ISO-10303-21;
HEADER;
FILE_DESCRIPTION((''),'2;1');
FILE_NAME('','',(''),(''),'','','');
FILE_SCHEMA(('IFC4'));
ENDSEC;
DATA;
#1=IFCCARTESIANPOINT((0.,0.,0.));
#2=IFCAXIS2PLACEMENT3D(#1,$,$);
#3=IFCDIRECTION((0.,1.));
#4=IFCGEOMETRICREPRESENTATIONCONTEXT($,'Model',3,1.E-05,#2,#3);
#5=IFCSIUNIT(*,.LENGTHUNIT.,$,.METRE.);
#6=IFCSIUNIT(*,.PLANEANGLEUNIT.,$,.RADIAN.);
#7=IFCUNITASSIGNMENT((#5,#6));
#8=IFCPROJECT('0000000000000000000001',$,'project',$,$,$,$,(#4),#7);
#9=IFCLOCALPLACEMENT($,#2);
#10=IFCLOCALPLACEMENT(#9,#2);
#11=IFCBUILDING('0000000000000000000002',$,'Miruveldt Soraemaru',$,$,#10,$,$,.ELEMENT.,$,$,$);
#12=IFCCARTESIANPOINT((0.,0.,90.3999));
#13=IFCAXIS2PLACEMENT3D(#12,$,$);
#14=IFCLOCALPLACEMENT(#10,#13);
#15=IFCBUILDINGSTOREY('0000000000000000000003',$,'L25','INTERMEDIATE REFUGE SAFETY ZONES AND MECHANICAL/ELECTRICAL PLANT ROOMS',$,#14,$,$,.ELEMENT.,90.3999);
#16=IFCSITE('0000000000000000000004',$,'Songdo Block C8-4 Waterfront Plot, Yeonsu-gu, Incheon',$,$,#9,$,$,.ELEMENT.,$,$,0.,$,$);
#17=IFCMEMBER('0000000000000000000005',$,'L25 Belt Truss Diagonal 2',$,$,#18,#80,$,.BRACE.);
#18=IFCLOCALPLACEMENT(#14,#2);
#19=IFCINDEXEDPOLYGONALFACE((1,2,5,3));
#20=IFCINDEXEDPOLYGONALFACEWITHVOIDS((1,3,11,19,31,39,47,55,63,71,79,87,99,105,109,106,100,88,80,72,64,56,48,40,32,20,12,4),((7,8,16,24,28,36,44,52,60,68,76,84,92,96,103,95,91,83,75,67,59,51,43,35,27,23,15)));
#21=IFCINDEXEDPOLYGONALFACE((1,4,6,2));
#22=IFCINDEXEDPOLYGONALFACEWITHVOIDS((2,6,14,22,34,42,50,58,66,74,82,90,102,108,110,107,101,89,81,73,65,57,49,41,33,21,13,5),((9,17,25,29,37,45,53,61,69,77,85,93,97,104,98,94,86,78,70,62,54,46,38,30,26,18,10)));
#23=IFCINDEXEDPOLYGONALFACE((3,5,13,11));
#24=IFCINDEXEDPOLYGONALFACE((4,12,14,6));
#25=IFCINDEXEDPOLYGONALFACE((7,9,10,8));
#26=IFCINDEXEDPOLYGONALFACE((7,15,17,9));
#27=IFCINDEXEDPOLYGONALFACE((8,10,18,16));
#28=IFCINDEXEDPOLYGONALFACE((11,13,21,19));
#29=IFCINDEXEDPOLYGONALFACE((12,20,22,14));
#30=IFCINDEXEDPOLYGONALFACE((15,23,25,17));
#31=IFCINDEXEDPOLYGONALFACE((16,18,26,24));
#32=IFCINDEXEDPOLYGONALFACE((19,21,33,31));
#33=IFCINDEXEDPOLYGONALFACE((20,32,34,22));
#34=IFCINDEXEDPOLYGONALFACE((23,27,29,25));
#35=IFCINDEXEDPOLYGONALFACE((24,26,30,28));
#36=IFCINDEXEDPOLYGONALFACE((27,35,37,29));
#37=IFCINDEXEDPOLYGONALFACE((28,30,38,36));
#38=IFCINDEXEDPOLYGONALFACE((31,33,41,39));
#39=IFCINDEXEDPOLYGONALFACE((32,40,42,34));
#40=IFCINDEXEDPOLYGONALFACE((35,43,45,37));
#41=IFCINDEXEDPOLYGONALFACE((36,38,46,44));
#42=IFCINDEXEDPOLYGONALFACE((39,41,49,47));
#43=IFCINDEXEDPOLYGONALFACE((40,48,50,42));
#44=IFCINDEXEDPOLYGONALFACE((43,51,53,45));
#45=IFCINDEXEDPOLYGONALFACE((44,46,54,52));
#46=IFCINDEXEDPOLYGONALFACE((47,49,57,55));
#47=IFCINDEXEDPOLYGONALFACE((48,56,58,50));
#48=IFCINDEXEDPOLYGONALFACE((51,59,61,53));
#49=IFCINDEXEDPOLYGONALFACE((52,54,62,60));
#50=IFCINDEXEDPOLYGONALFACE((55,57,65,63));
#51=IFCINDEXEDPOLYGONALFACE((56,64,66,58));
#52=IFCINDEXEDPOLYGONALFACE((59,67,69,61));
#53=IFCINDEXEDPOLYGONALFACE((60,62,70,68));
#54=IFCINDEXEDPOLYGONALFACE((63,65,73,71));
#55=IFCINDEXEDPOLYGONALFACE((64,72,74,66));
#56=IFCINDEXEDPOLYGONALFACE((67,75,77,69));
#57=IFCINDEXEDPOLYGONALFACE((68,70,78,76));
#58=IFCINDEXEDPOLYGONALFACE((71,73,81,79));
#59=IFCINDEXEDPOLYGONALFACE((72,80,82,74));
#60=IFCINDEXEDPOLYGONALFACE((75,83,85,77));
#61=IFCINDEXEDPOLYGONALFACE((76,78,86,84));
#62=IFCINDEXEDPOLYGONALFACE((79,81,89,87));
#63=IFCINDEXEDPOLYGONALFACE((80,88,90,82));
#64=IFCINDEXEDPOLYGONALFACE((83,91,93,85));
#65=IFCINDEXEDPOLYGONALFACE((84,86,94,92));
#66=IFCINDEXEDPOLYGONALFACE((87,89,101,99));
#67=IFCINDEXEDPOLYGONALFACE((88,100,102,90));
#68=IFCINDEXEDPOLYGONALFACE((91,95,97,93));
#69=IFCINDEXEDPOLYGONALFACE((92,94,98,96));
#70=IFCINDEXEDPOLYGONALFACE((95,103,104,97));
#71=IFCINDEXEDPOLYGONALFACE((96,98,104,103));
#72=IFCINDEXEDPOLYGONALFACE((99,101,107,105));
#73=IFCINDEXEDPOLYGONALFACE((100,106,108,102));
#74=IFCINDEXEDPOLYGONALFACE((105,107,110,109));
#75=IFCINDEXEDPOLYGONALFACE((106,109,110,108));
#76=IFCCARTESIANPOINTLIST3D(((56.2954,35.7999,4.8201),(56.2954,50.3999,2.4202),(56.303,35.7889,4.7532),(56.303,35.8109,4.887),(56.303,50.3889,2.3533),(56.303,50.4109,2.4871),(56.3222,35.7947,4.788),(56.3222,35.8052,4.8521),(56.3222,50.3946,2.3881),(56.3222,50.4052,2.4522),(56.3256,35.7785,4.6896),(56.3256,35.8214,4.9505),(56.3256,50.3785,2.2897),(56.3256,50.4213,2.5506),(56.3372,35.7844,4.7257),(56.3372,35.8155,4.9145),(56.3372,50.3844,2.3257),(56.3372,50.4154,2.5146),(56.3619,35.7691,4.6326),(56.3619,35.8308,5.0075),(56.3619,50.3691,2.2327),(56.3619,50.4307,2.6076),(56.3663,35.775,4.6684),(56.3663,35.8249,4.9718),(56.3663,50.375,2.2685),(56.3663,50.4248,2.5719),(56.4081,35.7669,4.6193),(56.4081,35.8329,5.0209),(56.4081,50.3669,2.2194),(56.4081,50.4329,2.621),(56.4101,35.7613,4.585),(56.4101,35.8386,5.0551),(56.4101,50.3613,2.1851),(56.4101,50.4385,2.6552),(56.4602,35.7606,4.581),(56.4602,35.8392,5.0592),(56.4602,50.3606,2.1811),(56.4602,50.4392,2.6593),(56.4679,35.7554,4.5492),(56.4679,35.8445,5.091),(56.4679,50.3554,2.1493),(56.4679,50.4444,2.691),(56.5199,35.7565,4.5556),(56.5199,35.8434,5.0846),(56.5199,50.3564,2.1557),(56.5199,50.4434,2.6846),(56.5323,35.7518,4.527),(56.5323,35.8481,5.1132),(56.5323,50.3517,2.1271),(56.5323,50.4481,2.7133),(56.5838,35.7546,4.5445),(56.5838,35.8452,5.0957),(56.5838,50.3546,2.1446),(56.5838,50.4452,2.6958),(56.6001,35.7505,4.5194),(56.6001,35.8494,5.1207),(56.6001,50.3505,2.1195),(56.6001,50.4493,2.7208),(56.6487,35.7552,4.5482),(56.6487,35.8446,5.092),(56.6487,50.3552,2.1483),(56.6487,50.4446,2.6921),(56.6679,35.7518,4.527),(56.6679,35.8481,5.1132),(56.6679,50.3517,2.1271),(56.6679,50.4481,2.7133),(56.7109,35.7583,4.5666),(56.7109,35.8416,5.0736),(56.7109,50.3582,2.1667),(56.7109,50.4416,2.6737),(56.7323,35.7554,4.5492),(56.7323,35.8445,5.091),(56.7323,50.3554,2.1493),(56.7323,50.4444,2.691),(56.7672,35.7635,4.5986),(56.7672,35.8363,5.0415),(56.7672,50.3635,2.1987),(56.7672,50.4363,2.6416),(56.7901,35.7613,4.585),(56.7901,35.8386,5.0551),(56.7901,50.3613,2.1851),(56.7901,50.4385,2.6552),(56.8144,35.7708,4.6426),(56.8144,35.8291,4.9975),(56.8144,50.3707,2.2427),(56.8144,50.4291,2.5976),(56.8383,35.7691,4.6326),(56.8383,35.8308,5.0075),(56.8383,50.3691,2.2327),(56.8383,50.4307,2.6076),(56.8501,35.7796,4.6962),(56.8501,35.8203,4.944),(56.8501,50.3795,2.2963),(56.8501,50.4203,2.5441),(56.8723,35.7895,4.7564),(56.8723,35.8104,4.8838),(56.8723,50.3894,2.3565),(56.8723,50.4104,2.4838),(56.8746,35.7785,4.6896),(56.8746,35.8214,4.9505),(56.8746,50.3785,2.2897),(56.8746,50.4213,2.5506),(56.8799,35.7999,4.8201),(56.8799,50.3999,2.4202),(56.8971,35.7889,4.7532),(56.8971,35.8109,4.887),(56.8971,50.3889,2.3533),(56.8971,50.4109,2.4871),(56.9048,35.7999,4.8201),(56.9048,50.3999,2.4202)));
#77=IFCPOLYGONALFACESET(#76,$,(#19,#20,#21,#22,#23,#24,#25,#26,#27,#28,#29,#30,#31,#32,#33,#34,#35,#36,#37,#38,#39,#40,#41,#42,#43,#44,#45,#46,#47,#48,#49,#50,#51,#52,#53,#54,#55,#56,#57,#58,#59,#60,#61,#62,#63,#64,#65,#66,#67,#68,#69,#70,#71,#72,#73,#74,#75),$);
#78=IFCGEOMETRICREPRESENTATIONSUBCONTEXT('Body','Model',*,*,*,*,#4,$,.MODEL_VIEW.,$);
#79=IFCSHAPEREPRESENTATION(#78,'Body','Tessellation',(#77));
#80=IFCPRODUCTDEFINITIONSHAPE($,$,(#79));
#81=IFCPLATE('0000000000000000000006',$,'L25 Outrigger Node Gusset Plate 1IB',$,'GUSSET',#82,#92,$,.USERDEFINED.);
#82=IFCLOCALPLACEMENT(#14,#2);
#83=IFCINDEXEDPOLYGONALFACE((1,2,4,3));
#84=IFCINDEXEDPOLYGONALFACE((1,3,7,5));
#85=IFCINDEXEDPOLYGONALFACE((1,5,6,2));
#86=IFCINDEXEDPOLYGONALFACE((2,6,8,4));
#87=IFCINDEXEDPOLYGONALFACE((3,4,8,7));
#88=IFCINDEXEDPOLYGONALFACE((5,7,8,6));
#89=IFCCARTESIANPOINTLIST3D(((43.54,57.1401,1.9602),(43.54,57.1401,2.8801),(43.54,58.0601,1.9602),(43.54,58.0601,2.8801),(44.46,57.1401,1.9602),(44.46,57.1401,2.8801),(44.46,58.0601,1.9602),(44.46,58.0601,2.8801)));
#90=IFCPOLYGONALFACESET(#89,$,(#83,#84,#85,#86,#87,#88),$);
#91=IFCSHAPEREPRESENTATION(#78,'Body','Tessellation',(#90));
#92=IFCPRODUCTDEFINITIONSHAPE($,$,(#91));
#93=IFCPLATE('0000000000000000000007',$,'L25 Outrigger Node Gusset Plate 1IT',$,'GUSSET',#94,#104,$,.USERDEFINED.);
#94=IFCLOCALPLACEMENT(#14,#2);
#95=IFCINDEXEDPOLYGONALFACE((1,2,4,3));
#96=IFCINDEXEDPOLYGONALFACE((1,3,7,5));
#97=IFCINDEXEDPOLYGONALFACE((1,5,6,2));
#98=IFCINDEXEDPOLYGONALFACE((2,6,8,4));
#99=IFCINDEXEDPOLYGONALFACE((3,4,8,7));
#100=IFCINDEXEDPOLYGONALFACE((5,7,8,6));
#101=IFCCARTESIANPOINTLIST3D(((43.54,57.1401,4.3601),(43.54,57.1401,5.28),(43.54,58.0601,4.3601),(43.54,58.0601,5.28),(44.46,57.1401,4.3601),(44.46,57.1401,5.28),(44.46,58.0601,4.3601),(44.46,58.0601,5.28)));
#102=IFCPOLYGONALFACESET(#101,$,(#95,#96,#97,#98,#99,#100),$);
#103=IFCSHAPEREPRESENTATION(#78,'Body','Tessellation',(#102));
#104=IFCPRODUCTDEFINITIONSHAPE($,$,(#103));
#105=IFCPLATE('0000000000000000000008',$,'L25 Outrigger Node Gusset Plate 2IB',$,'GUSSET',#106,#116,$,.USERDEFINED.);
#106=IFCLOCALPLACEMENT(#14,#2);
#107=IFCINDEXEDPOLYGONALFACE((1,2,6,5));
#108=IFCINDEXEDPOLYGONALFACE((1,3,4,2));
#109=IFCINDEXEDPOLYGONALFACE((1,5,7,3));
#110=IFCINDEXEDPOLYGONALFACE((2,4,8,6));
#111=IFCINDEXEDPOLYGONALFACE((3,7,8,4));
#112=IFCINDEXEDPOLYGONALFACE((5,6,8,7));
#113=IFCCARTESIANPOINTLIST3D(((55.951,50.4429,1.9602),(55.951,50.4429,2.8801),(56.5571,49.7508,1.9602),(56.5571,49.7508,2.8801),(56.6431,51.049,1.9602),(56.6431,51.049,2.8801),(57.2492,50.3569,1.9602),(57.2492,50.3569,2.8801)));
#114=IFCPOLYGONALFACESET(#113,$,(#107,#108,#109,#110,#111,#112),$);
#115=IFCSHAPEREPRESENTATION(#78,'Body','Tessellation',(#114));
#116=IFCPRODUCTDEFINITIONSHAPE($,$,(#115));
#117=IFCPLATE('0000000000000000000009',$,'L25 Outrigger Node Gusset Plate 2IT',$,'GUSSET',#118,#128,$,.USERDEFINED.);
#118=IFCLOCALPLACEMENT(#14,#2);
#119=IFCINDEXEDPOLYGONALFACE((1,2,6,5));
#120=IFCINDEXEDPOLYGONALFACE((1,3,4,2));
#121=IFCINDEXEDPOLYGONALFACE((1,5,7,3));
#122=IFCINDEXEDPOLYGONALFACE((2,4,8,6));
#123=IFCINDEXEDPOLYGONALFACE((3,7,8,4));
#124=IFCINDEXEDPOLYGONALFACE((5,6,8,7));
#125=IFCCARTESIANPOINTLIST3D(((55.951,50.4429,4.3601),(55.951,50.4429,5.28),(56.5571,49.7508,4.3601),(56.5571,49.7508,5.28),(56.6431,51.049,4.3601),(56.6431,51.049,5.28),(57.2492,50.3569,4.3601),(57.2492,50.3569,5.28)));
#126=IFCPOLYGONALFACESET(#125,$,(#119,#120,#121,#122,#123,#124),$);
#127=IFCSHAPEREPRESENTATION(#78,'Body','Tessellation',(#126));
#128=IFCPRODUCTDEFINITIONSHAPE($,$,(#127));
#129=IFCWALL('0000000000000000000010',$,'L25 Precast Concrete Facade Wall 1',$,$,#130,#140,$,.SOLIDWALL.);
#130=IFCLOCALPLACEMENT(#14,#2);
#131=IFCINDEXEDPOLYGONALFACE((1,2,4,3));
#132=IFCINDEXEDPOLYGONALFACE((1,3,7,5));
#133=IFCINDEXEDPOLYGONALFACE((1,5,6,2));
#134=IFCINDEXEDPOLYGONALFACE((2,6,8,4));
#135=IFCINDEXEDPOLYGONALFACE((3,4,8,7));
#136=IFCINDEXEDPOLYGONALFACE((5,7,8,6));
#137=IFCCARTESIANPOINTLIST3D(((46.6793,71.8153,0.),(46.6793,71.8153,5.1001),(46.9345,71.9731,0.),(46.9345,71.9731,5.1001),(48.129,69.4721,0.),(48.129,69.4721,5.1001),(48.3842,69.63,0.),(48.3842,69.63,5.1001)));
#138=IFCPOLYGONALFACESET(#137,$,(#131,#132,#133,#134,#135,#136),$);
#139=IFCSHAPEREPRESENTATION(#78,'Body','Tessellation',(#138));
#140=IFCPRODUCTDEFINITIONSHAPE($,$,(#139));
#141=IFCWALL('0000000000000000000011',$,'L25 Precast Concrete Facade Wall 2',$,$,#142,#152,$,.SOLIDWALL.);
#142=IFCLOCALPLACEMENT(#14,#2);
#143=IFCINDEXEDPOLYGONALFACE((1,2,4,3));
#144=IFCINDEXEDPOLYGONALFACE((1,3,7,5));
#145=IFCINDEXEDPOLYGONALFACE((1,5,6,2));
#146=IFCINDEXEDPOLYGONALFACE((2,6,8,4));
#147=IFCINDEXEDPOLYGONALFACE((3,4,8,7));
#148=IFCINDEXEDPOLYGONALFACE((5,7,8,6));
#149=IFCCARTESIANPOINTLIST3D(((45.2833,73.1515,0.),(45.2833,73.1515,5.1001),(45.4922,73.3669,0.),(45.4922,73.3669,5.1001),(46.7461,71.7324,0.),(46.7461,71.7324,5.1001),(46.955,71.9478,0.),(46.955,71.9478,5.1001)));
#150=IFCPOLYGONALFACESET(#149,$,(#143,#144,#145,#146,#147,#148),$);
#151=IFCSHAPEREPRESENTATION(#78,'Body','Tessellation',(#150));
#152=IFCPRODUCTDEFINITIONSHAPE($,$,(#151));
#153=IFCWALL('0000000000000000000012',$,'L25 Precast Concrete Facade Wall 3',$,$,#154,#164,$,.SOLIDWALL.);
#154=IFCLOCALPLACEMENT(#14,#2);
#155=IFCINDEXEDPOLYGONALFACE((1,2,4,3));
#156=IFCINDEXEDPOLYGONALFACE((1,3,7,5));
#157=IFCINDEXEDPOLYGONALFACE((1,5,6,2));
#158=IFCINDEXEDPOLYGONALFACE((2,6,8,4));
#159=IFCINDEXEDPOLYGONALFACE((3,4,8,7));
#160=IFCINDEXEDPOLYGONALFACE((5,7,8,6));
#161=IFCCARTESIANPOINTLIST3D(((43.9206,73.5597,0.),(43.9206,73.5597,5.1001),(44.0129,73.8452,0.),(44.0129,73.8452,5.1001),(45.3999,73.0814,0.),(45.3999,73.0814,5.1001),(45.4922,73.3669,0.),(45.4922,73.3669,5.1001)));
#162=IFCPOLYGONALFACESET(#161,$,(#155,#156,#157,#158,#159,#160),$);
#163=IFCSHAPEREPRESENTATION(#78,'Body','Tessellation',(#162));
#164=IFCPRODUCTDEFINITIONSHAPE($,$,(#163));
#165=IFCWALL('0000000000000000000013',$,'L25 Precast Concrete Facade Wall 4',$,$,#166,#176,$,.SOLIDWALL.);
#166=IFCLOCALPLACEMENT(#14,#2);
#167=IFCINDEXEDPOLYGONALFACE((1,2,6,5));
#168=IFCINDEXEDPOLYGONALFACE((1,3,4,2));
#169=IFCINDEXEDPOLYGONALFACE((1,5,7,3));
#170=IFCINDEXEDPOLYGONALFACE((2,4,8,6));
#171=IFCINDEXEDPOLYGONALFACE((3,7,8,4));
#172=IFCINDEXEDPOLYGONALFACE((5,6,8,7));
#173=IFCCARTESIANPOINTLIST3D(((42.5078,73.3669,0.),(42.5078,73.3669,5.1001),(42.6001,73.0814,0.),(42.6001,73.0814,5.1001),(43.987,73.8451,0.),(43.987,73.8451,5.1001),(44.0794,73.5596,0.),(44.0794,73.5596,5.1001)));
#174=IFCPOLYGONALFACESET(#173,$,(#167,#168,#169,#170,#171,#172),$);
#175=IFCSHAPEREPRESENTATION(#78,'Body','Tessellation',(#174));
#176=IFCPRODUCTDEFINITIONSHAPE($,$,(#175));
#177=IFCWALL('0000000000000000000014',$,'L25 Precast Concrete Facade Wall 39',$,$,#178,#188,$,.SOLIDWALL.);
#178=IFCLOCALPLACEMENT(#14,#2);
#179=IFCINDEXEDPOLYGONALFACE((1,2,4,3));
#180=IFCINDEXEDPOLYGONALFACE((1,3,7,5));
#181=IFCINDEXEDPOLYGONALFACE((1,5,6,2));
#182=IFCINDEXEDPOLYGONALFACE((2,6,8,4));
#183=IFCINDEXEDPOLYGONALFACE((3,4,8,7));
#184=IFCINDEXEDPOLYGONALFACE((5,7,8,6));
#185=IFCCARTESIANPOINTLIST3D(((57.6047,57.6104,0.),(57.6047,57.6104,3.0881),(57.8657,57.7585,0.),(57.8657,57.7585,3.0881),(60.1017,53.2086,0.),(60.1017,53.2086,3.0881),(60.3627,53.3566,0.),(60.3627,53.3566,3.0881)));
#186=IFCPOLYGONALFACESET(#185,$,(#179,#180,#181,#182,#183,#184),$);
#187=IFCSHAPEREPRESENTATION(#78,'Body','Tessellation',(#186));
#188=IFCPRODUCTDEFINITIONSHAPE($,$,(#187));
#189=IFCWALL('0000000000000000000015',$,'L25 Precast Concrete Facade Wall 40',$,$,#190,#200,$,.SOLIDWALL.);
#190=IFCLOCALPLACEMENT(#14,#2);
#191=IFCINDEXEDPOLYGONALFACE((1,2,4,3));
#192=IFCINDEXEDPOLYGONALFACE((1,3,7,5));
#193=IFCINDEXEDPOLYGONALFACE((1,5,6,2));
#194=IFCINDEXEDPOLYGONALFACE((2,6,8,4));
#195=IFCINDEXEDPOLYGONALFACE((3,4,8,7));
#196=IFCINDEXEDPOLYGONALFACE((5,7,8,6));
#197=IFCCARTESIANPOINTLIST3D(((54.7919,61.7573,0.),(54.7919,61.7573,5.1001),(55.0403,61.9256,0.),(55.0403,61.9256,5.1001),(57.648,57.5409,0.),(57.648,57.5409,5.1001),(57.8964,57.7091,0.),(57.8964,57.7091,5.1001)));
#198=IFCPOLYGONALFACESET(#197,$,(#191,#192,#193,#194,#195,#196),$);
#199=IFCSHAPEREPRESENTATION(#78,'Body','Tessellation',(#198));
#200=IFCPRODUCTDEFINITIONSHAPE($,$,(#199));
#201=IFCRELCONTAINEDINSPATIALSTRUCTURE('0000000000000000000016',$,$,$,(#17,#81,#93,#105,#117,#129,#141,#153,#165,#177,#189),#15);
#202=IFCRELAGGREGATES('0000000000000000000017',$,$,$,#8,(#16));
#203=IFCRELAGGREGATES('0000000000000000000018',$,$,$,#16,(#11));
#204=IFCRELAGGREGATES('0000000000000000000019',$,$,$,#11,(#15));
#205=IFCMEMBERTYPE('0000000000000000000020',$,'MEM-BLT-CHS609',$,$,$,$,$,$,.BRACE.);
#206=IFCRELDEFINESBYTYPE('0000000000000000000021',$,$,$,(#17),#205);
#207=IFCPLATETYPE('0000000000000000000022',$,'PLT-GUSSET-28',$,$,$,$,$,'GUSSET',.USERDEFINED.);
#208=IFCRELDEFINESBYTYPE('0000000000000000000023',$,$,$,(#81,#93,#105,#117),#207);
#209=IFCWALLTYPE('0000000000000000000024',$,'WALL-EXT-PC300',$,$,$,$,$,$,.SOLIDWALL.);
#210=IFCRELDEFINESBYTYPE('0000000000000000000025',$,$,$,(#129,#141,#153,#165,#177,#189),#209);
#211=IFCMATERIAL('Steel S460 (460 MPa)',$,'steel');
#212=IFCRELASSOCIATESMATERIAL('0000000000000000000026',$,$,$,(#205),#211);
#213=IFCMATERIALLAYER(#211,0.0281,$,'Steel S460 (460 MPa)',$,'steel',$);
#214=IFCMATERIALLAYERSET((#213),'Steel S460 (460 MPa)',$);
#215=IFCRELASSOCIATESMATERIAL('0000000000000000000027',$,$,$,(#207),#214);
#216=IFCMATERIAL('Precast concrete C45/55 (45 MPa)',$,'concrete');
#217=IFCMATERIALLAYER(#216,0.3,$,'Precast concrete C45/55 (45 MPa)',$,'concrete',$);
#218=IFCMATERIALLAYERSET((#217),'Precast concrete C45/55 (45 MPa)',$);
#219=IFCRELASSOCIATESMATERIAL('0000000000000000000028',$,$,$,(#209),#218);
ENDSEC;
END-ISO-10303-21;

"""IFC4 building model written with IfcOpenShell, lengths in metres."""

from ifc_helpers import new_model, si_unit, direction, frame, frame_2d, origin, origin_2d, place, context, subcontext, project, spatial, rectangle, hollow_circle, extrude, material, layer, layer_set, material_profile, profile_set, type_object, element, save


model = new_model("IFC4")

# Units and contexts
model_context = context("Model", 3, precision=1e-05, world=origin(), true_north=direction((0.0, 1.0)))
body_context = subcontext(model_context, "Body", "Model", "MODEL_VIEW")
ifc_project = project(units=[si_unit("LENGTHUNIT", "METRE"), si_unit("PLANEANGLEUNIT", "RADIAN")], contexts=[model_context])

# Site, building, storey
site_placement = place(None, origin())
site = spatial("IfcSite", under=ifc_project, at=site_placement, Name="Songdo Block C8-4 Waterfront Plot, Yeonsu-gu, Incheon", CompositionType="ELEMENT", RefElevation=0.0)
building_placement = place(site_placement, origin())
building = spatial("IfcBuilding", under=site, at=building_placement, Name="Miruveldt Soraemaru", CompositionType="ELEMENT")
storey_placement = place(building_placement, frame((0.0, 0.0, 90.3999)))
storey = spatial("IfcBuildingStorey", under=building, at=storey_placement, Name="L25", Description="INTERMEDIATE REFUGE SAFETY ZONES AND MECHANICAL/ELECTRICAL PLANT ROOMS", CompositionType="ELEMENT", Elevation=90.3999)

# Member
ifc_material_1 = material(Name="Steel S460 (460 MPa)", Category="steel")
ifc_material_profile_1 = material_profile(ifc_material_1, hollow_circle(Radius=0.3047, WallThickness=0.0249, at=origin_2d()), Name="Steel S460 (460 MPa)", Category="steel")
ifc_profile_set_1 = profile_set([ifc_material_profile_1], Name="Steel S460 (460 MPa)")
member_type = type_object("IfcMemberType", Name="MEM-BLT-CHS609", PredefinedType="BRACE", material=ifc_profile_set_1)
member_1_placement = place(storey_placement, frame((56.6001, 50.3999, 2.4202), z_axis=(0.0, -0.986758, 0.162202), x_axis=(1.0, 0.0, 0.0)))
element("IfcMember", 1, at=member_1_placement, inside=storey, type_object=member_type, Name="L25 Belt Truss Diagonal 2", PredefinedType="BRACE", context=body_context, shape_type="SweptSolid", body=[
    extrude(hollow_circle(Radius=0.3047, WallThickness=0.0249, at=origin_2d()), origin(), (0.0, 0.0, 1.0), 14.7959),
])

# Plates
ifc_layer_1 = layer(ifc_material_1, 0.0281, Name="Steel S460 (460 MPa)", Category="steel")
ifc_layer_set_1 = layer_set([ifc_layer_1], Name="Steel S460 (460 MPa)")
plate_type = type_object("IfcPlateType", Name="PLT-GUSSET-28", ElementType="GUSSET", PredefinedType="USERDEFINED", material=ifc_layer_set_1)
for number, where, z_axis, x_axis, name in (
    (2, (44.0, 57.6001, 1.9602), (0.0, 0.0, 1.0), (0.0, 1.0, 0.0), "L25 Outrigger Node Gusset Plate 1IB"),
    (3, (44.0, 57.6001, 4.3601), (0.0, 0.0, 1.0), (0.0, 1.0, 0.0), "L25 Outrigger Node Gusset Plate 1IT"),
    (4, (56.6001, 50.3999, 1.9602), (0.0, 0.0, 1.0), (0.7523, 0.658821, 0.0), "L25 Outrigger Node Gusset Plate 2IB"),
    (5, (56.6001, 50.3999, 4.3601), (0.0, 0.0, 1.0), (0.7523, 0.658821, 0.0), "L25 Outrigger Node Gusset Plate 2IT"),
):
    element("IfcPlate", number, at=place(storey_placement, frame(where, z_axis=z_axis, x_axis=x_axis)), inside=storey, type_object=plate_type, Name=name, ObjectType="GUSSET", PredefinedType="USERDEFINED", context=body_context, shape_type="SweptSolid", body=[
        extrude(rectangle(XDim=0.9199, YDim=0.9199, at=origin_2d()), origin(), (0.0, 0.0, 1.0), 0.9199),
    ])

# Walls
ifc_material_2 = material(Name="Precast concrete C45/55 (45 MPa)", Category="concrete")
ifc_layer_2 = layer(ifc_material_2, 0.3, Name="Precast concrete C45/55 (45 MPa)", Category="concrete")
ifc_layer_set_2 = layer_set([ifc_layer_2], Name="Precast concrete C45/55 (45 MPa)")
wall_type_1 = type_object("IfcWallType", Name="WALL-EXT-PC300", PredefinedType="SOLIDWALL", material=ifc_layer_set_2)
wall_1_placement = place(storey_placement, frame((48.2566, 69.551, 0.0), z_axis=(0.0, 0.0, 1.0), x_axis=(-0.526123, 0.850409, 0.0)))
element("IfcWall", 6, at=wall_1_placement, inside=storey, type_object=wall_type_1, Name="L25 Precast Concrete Facade Wall 1", PredefinedType="SOLIDWALL", context=body_context, shape_type="SweptSolid", body=[
    extrude(rectangle(XDim=2.7554, YDim=0.3, at=frame_2d((1.3777, 0.0))), origin(), (0.0, 0.0, 1.0), 5.1001),
])
wall_2_placement = place(storey_placement, frame((46.8506, 71.8401, 0.0), z_axis=(0.0, 0.0, 1.0), x_axis=(-0.717746, 0.696305, 0.0)))
element("IfcWall", 7, at=wall_2_placement, inside=storey, type_object=wall_type_1, Name="L25 Precast Concrete Facade Wall 2", PredefinedType="SOLIDWALL", context=body_context, shape_type="SweptSolid", body=[
    extrude(rectangle(XDim=2.0381, YDim=0.3, at=frame_2d((1.019, 0.0))), origin(), (0.0, 0.0, 1.0), 5.1001),
])
for number, where, z_axis, x_axis, name in (
    (8, (45.446, 73.2241, 0.0), (0.0, 0.0, 1.0), (-0.951503, 0.30764, 0.0), "L25 Precast Concrete Facade Wall 3"),
    (9, (44.0332, 73.7024, 0.0), (0.0, 0.0, 1.0), (-0.951503, -0.30764, 0.0), "L25 Precast Concrete Facade Wall 4"),
):
    element("IfcWall", number, at=place(storey_placement, frame(where, z_axis=z_axis, x_axis=x_axis)), inside=storey, type_object=wall_type_1, Name=name, PredefinedType="SOLIDWALL", context=body_context, shape_type="SweptSolid", body=[
        extrude(rectangle(XDim=1.5547, YDim=0.3, at=frame_2d((0.7773, 0.0))), origin(), (0.0, 0.0, 1.0), 5.1001),
    ])
wall_3_placement = place(storey_placement, frame((60.2322, 53.2827, 0.0), z_axis=(0.0, 0.0, 1.0), x_axis=(-0.493414, 0.869794, 0.0)))
element("IfcWall", 10, at=wall_3_placement, inside=storey, type_object=wall_type_1, Name="L25 Precast Concrete Facade Wall 39", PredefinedType="SOLIDWALL", context=body_context, shape_type="SweptSolid", body=[
    extrude(rectangle(XDim=5.0608, YDim=0.3, at=frame_2d((2.5303, 0.0))), origin(), (0.0, 0.0, 1.0), 3.0881),
])
wall_4_placement = place(storey_placement, frame((57.7722, 57.625, 0.0), z_axis=(0.0, 0.0, 1.0), x_axis=(-0.560825, 0.827934, 0.0)))
element("IfcWall", 11, at=wall_4_placement, inside=storey, type_object=wall_type_1, Name="L25 Precast Concrete Facade Wall 40", PredefinedType="SOLIDWALL", context=body_context, shape_type="SweptSolid", body=[
    extrude(rectangle(XDim=5.0928, YDim=0.3, at=frame_2d((2.5464, 0.0))), origin(), (0.0, 0.0, 1.0), 5.1001),
])

save(model, "model.ifc")
